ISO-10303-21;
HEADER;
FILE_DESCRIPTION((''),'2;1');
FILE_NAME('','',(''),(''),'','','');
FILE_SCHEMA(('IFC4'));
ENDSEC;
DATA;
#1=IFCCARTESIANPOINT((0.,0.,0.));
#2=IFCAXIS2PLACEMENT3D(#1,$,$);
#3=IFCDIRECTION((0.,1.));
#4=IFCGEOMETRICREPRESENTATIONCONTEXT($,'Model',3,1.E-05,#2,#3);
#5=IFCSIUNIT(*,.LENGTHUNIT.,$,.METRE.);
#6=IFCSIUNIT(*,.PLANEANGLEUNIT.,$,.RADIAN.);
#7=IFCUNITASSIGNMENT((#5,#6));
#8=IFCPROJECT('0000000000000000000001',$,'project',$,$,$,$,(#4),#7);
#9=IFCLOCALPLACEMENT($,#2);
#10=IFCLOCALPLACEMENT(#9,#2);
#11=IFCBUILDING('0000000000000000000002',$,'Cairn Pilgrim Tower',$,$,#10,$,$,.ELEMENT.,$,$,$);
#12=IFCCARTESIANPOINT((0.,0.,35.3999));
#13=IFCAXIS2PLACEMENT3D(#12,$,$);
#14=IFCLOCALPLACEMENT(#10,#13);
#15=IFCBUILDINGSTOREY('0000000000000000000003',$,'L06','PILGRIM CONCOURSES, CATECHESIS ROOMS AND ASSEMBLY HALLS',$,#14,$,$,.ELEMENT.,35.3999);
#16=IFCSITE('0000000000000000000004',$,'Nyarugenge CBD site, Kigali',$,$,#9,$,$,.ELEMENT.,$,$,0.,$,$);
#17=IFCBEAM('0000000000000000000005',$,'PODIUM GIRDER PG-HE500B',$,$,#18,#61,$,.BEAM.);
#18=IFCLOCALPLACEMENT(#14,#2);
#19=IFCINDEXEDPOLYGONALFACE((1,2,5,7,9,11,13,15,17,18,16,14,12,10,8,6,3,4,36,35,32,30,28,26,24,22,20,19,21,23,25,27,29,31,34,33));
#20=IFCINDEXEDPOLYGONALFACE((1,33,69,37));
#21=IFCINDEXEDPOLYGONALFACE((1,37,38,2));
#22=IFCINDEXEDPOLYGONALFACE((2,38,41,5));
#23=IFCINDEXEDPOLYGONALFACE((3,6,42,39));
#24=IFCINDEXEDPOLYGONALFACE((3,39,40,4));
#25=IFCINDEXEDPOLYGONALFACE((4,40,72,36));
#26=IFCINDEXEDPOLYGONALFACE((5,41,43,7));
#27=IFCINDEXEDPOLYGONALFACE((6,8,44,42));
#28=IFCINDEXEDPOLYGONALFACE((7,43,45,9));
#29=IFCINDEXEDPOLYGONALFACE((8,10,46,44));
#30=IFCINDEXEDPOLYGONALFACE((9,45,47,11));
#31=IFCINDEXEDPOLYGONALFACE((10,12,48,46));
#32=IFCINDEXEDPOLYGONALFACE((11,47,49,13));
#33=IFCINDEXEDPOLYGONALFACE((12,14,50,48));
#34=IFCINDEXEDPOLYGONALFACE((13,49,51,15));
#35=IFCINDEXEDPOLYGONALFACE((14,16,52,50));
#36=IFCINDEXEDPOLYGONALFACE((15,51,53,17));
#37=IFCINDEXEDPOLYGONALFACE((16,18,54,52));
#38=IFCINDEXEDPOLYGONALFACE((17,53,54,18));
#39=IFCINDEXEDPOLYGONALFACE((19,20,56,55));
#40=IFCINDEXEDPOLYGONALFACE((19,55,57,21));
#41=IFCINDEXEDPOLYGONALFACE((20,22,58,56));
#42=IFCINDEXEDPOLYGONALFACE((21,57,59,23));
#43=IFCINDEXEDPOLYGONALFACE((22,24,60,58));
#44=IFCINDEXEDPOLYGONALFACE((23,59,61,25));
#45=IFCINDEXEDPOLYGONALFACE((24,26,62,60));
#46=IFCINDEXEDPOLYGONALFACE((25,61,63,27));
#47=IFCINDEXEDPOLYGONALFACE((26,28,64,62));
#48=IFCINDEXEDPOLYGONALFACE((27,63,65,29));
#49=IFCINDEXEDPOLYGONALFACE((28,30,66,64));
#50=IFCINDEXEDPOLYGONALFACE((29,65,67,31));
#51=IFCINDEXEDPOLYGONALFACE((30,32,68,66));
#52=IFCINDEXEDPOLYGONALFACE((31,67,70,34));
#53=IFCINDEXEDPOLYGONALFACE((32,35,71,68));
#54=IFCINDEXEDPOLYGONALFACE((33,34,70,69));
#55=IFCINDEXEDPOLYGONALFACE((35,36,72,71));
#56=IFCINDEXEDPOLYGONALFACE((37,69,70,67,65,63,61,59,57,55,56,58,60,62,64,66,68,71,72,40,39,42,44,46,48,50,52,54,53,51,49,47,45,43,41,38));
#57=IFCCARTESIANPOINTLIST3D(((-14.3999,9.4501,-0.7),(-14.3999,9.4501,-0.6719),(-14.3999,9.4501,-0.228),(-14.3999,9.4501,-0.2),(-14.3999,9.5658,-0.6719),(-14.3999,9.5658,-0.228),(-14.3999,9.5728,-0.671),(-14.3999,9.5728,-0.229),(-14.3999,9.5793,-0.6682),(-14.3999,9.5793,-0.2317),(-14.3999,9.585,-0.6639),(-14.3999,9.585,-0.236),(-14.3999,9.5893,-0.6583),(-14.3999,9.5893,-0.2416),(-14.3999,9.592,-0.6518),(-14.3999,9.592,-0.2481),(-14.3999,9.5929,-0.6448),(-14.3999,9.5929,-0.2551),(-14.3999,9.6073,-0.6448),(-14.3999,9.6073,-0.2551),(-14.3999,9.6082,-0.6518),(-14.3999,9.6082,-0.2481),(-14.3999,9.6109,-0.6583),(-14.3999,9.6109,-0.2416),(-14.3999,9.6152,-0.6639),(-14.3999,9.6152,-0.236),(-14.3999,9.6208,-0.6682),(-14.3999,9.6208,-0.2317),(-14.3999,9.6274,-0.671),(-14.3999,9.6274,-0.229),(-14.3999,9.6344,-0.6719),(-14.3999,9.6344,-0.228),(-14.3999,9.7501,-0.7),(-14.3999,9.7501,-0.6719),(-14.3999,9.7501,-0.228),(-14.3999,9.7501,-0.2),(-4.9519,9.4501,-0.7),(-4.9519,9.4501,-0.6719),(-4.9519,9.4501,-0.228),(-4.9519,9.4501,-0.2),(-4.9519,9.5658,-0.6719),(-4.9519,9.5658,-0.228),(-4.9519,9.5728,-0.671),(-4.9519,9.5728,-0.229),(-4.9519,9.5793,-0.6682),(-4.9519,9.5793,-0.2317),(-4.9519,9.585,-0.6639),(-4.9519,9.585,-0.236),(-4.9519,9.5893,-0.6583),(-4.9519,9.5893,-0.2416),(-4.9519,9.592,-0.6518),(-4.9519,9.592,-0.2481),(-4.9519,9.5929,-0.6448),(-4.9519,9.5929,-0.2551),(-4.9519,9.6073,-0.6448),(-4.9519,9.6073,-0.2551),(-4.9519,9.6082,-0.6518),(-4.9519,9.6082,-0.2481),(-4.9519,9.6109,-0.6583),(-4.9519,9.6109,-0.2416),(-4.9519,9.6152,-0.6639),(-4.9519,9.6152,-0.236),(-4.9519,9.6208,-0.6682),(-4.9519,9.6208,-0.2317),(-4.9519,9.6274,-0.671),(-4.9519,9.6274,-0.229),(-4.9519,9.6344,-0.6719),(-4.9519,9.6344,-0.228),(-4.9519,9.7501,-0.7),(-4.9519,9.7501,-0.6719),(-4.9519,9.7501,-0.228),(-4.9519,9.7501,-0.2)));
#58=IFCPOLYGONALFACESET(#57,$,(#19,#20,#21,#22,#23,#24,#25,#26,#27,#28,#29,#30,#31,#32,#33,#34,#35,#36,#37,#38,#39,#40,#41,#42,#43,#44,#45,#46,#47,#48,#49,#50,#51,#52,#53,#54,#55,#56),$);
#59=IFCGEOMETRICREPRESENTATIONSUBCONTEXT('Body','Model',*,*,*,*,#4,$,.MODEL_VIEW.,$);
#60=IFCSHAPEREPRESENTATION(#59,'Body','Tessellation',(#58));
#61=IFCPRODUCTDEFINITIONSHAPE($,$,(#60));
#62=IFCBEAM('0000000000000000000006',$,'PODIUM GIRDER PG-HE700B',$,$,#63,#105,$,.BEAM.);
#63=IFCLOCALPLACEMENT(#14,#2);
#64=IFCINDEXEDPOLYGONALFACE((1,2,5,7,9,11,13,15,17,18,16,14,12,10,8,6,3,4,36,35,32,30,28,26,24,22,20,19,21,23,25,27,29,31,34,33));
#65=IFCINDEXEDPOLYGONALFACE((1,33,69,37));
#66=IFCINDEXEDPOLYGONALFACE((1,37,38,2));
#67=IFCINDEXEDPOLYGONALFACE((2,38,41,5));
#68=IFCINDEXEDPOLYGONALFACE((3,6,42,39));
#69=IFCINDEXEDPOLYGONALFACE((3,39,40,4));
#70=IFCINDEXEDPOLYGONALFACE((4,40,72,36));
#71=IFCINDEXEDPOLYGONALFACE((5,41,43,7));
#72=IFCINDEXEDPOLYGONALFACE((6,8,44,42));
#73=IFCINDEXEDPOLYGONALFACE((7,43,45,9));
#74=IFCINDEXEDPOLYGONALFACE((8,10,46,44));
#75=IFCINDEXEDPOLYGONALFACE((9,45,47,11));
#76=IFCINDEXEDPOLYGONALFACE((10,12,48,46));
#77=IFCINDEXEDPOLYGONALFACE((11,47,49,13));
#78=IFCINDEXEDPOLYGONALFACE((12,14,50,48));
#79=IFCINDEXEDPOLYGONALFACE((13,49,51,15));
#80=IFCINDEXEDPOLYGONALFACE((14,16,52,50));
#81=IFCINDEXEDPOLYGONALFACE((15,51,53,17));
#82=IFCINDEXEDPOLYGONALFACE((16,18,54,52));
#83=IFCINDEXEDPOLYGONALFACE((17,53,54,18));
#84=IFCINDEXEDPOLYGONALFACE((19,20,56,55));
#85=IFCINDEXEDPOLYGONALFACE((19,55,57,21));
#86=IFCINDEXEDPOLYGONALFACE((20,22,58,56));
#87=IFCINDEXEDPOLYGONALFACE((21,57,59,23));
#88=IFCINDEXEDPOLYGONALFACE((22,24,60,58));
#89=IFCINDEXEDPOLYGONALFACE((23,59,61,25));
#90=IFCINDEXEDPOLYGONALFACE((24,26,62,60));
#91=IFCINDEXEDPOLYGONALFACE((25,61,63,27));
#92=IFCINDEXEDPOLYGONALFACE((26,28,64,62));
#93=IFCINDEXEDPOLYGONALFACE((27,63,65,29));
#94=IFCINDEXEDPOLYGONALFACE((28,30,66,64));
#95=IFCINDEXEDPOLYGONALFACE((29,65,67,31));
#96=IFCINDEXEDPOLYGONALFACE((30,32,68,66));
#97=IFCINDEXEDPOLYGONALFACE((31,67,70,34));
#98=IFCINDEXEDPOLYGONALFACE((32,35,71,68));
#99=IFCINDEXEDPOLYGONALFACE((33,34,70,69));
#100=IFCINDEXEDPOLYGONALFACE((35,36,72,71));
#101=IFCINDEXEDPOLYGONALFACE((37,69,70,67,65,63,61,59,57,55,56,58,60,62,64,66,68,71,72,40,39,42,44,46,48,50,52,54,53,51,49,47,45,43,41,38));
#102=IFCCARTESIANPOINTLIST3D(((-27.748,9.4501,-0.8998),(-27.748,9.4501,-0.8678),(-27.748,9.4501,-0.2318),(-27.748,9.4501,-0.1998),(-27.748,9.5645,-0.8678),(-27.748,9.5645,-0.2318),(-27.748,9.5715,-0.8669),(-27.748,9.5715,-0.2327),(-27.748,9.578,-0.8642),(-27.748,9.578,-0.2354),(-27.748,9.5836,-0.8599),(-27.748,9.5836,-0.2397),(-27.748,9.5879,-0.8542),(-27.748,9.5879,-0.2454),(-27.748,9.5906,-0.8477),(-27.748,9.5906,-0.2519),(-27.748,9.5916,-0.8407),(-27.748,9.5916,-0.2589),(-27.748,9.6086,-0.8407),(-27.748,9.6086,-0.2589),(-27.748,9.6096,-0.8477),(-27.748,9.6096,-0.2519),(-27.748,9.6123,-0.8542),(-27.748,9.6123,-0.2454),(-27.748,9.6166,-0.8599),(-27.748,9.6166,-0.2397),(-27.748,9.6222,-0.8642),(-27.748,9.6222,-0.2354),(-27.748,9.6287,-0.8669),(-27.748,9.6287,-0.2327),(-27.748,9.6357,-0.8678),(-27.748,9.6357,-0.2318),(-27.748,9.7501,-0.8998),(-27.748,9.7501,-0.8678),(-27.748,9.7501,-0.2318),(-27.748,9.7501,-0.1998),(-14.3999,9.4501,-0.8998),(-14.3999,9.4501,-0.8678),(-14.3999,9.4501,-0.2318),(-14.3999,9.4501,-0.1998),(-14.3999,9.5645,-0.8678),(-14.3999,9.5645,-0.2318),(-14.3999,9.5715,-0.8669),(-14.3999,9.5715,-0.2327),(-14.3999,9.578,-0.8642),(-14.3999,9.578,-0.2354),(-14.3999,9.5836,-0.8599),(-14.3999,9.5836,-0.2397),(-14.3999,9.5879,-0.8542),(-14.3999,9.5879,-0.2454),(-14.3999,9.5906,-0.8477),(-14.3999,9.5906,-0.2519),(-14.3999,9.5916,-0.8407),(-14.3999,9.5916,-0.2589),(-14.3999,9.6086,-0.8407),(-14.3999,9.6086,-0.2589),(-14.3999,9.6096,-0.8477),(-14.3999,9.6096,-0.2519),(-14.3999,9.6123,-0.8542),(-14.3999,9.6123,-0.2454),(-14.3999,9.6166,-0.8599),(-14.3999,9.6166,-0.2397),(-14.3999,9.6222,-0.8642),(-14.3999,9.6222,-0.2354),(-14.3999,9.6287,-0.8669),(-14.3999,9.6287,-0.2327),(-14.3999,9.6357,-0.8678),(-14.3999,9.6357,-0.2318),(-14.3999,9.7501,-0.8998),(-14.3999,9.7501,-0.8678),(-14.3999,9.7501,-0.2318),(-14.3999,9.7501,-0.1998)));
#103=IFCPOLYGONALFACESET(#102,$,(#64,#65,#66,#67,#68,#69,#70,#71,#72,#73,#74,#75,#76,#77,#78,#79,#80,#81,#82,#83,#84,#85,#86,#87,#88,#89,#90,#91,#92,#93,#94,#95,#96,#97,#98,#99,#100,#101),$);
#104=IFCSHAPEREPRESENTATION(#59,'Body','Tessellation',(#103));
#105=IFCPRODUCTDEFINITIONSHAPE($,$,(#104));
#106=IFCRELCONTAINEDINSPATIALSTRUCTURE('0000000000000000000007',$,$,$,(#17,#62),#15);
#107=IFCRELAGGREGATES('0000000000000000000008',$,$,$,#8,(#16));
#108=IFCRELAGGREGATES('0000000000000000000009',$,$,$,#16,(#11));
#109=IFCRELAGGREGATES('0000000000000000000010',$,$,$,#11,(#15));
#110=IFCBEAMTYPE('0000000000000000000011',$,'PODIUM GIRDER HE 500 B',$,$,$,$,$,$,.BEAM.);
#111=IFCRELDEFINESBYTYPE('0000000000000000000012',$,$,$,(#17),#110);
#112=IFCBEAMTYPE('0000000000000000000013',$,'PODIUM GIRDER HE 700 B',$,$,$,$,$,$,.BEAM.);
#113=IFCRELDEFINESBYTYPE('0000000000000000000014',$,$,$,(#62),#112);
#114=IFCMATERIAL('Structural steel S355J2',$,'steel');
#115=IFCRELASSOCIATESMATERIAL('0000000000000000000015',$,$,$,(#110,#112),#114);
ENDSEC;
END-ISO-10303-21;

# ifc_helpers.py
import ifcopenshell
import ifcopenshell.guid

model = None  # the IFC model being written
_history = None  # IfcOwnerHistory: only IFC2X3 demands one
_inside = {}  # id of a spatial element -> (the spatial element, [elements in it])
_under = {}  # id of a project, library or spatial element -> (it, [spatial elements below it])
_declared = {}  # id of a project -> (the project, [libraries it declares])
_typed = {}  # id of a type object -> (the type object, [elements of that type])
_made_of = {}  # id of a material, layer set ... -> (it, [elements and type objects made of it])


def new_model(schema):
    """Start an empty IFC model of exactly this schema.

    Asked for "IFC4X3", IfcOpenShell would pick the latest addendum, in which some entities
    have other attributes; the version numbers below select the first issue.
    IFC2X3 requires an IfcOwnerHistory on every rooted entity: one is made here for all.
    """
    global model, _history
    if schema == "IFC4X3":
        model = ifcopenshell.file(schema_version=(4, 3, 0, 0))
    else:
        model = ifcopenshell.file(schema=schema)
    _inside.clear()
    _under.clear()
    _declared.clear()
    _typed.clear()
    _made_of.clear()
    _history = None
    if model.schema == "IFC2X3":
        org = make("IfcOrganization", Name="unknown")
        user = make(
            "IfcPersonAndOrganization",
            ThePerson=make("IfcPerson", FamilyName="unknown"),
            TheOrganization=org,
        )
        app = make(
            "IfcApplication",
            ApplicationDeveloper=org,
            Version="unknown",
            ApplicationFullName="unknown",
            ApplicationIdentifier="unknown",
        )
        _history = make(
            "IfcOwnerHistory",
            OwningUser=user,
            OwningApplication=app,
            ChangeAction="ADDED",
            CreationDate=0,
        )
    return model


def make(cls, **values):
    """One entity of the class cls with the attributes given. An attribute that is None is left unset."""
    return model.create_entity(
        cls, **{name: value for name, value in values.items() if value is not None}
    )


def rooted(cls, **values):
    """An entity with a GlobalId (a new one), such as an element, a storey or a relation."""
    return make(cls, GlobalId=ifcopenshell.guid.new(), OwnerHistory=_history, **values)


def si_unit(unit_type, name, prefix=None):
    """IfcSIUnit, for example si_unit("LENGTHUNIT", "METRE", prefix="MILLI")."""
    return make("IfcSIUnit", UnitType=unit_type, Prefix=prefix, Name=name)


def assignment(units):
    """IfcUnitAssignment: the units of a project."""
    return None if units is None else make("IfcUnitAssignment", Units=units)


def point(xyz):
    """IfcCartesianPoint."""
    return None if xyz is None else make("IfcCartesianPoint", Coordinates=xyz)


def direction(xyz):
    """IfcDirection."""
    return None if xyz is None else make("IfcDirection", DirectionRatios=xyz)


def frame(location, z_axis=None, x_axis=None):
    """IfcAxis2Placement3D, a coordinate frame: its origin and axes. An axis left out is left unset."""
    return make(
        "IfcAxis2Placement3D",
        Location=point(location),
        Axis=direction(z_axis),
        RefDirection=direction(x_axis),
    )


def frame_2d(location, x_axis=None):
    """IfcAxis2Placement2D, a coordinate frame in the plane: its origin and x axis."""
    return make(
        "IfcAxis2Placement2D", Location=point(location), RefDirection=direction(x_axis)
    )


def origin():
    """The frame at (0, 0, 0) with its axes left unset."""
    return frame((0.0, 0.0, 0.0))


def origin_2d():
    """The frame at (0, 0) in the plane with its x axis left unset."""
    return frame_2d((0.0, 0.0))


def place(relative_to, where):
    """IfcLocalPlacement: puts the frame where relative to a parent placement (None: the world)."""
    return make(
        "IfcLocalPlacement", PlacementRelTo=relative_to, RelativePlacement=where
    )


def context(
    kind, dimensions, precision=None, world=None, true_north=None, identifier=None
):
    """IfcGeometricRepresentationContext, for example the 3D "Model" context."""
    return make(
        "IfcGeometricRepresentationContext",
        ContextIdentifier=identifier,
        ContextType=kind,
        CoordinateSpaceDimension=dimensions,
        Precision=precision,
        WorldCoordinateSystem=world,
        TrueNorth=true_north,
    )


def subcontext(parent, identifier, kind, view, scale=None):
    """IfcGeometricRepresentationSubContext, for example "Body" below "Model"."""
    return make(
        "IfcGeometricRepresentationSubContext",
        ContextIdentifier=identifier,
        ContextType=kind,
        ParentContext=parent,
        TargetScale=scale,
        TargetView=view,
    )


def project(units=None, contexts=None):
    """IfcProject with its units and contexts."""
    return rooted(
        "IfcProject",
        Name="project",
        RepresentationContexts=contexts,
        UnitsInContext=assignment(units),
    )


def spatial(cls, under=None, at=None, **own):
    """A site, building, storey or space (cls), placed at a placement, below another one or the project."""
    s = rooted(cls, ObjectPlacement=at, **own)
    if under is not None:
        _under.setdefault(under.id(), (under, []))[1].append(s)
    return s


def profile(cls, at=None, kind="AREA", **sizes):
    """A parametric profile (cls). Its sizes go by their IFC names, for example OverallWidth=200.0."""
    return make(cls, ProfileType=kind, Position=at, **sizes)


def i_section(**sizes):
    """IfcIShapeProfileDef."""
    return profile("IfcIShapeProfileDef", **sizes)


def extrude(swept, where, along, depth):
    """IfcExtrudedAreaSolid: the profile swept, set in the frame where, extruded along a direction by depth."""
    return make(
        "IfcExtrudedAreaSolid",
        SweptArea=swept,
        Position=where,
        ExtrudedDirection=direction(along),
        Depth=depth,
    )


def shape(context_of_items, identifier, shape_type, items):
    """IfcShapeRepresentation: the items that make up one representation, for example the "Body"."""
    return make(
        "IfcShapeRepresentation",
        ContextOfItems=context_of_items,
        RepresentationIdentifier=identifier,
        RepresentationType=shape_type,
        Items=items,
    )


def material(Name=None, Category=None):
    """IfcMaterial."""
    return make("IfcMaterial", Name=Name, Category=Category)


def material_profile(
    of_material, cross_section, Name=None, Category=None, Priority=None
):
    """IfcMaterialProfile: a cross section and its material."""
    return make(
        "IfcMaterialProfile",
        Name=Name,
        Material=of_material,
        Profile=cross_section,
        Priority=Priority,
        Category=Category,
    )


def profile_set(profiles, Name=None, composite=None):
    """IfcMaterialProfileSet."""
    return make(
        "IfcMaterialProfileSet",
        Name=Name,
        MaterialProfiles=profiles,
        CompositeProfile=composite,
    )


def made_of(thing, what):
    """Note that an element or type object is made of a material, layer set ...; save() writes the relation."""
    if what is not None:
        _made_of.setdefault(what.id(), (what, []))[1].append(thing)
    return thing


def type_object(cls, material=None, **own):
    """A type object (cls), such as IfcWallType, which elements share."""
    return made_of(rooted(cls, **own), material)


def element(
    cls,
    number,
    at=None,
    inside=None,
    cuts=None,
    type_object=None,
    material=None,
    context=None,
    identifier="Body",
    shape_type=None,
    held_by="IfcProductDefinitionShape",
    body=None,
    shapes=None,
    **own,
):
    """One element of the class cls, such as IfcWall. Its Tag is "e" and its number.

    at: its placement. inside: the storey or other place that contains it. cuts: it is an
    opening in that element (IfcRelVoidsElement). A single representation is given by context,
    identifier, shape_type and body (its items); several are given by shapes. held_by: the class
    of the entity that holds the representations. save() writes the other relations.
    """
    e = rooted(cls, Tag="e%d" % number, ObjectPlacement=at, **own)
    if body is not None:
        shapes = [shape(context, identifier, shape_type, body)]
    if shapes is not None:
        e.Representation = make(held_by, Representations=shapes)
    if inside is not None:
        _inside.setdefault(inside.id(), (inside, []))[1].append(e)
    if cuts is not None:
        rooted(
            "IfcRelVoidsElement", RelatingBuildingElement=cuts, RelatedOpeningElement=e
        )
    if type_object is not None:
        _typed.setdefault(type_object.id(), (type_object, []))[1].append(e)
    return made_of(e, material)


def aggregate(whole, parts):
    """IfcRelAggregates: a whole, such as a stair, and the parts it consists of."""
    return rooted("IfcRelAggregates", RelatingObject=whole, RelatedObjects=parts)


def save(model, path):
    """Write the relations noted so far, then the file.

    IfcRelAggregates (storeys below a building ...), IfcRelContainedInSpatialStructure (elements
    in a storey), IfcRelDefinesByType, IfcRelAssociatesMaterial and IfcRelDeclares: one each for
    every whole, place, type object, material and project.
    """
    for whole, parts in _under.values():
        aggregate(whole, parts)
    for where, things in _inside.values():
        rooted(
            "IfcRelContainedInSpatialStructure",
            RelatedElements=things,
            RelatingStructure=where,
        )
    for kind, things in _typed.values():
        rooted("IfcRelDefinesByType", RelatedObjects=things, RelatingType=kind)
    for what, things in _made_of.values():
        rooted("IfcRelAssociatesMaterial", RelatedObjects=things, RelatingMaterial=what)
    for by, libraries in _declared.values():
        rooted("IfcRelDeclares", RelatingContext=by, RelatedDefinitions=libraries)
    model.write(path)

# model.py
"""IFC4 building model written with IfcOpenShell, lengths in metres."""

from ifc_helpers import new_model, si_unit, direction, frame, origin, origin_2d, place, context, subcontext, project, spatial, i_section, extrude, material, material_profile, profile_set, type_object, element, save


model = new_model("IFC4")

# Units and contexts
model_context = context("Model", 3, precision=1e-05, world=origin(), true_north=direction((0.0, 1.0)))
body_context = subcontext(model_context, "Body", "Model", "MODEL_VIEW")
ifc_project = project(units=[si_unit("LENGTHUNIT", "METRE"), si_unit("PLANEANGLEUNIT", "RADIAN")], contexts=[model_context])

# Site, building, storey
site_placement = place(None, origin())
site = spatial("IfcSite", under=ifc_project, at=site_placement, Name="Nyarugenge CBD site, Kigali", CompositionType="ELEMENT", RefElevation=0.0)
building_placement = place(site_placement, origin())
building = spatial("IfcBuilding", under=site, at=building_placement, Name="Cairn Pilgrim Tower", CompositionType="ELEMENT")
storey_placement = place(building_placement, frame((0.0, 0.0, 35.3999)))
storey = spatial("IfcBuildingStorey", under=building, at=storey_placement, Name="L06", Description="PILGRIM CONCOURSES, CATECHESIS ROOMS AND ASSEMBLY HALLS", CompositionType="ELEMENT", Elevation=35.3999)

# Beams
ifc_material_1 = material(Name="Structural steel S355J2", Category="steel")
ifc_material_profile_1 = material_profile(ifc_material_1, i_section(OverallWidth=0.3, OverallDepth=0.5, WebThickness=0.0144, FlangeThickness=0.0281, FilletRadius=0.0271, at=origin_2d()), Name="HEB 500")
ifc_profile_set_1 = profile_set([ifc_material_profile_1], Name="Structural steel S355J2")
beam_type_1 = type_object("IfcBeamType", Name="PODIUM GIRDER HE 500 B", PredefinedType="BEAM", material=ifc_profile_set_1)
beam_1_placement = place(storey_placement, frame((-14.3999, 9.6001, -0.45), z_axis=(1.0, 0.0, 0.0), x_axis=(0.0, 1.0, 0.0)))
element("IfcBeam", 1, at=beam_1_placement, inside=storey, type_object=beam_type_1, Name="PODIUM GIRDER PG-HE500B", PredefinedType="BEAM", context=body_context, shape_type="SweptSolid", body=[
    extrude(i_section(OverallWidth=0.3, OverallDepth=0.5, WebThickness=0.0144, FlangeThickness=0.0281, FilletRadius=0.0271, at=origin_2d()), origin(), (0.0, 0.0, 1.0), 9.448),
])
ifc_material_profile_2 = material_profile(ifc_material_1, i_section(OverallWidth=0.3, OverallDepth=0.7, WebThickness=0.0171, FlangeThickness=0.032, FilletRadius=0.0271, at=origin_2d()), Name="HEB 700")
ifc_profile_set_2 = profile_set([ifc_material_profile_2], Name="Structural steel S355J2")
beam_type_2 = type_object("IfcBeamType", Name="PODIUM GIRDER HE 700 B", PredefinedType="BEAM", material=ifc_profile_set_2)
beam_2_placement = place(storey_placement, frame((-27.748, 9.6001, -0.5498), z_axis=(1.0, 0.0, 0.0), x_axis=(0.0, 1.0, 0.0)))
element("IfcBeam", 2, at=beam_2_placement, inside=storey, type_object=beam_type_2, Name="PODIUM GIRDER PG-HE700B", PredefinedType="BEAM", context=body_context, shape_type="SweptSolid", body=[
    extrude(i_section(OverallWidth=0.3, OverallDepth=0.7, WebThickness=0.0171, FlangeThickness=0.032, FilletRadius=0.0271, at=origin_2d()), origin(), (0.0, 0.0, 1.0), 13.3481),
])

save(model, "model.ifc")
